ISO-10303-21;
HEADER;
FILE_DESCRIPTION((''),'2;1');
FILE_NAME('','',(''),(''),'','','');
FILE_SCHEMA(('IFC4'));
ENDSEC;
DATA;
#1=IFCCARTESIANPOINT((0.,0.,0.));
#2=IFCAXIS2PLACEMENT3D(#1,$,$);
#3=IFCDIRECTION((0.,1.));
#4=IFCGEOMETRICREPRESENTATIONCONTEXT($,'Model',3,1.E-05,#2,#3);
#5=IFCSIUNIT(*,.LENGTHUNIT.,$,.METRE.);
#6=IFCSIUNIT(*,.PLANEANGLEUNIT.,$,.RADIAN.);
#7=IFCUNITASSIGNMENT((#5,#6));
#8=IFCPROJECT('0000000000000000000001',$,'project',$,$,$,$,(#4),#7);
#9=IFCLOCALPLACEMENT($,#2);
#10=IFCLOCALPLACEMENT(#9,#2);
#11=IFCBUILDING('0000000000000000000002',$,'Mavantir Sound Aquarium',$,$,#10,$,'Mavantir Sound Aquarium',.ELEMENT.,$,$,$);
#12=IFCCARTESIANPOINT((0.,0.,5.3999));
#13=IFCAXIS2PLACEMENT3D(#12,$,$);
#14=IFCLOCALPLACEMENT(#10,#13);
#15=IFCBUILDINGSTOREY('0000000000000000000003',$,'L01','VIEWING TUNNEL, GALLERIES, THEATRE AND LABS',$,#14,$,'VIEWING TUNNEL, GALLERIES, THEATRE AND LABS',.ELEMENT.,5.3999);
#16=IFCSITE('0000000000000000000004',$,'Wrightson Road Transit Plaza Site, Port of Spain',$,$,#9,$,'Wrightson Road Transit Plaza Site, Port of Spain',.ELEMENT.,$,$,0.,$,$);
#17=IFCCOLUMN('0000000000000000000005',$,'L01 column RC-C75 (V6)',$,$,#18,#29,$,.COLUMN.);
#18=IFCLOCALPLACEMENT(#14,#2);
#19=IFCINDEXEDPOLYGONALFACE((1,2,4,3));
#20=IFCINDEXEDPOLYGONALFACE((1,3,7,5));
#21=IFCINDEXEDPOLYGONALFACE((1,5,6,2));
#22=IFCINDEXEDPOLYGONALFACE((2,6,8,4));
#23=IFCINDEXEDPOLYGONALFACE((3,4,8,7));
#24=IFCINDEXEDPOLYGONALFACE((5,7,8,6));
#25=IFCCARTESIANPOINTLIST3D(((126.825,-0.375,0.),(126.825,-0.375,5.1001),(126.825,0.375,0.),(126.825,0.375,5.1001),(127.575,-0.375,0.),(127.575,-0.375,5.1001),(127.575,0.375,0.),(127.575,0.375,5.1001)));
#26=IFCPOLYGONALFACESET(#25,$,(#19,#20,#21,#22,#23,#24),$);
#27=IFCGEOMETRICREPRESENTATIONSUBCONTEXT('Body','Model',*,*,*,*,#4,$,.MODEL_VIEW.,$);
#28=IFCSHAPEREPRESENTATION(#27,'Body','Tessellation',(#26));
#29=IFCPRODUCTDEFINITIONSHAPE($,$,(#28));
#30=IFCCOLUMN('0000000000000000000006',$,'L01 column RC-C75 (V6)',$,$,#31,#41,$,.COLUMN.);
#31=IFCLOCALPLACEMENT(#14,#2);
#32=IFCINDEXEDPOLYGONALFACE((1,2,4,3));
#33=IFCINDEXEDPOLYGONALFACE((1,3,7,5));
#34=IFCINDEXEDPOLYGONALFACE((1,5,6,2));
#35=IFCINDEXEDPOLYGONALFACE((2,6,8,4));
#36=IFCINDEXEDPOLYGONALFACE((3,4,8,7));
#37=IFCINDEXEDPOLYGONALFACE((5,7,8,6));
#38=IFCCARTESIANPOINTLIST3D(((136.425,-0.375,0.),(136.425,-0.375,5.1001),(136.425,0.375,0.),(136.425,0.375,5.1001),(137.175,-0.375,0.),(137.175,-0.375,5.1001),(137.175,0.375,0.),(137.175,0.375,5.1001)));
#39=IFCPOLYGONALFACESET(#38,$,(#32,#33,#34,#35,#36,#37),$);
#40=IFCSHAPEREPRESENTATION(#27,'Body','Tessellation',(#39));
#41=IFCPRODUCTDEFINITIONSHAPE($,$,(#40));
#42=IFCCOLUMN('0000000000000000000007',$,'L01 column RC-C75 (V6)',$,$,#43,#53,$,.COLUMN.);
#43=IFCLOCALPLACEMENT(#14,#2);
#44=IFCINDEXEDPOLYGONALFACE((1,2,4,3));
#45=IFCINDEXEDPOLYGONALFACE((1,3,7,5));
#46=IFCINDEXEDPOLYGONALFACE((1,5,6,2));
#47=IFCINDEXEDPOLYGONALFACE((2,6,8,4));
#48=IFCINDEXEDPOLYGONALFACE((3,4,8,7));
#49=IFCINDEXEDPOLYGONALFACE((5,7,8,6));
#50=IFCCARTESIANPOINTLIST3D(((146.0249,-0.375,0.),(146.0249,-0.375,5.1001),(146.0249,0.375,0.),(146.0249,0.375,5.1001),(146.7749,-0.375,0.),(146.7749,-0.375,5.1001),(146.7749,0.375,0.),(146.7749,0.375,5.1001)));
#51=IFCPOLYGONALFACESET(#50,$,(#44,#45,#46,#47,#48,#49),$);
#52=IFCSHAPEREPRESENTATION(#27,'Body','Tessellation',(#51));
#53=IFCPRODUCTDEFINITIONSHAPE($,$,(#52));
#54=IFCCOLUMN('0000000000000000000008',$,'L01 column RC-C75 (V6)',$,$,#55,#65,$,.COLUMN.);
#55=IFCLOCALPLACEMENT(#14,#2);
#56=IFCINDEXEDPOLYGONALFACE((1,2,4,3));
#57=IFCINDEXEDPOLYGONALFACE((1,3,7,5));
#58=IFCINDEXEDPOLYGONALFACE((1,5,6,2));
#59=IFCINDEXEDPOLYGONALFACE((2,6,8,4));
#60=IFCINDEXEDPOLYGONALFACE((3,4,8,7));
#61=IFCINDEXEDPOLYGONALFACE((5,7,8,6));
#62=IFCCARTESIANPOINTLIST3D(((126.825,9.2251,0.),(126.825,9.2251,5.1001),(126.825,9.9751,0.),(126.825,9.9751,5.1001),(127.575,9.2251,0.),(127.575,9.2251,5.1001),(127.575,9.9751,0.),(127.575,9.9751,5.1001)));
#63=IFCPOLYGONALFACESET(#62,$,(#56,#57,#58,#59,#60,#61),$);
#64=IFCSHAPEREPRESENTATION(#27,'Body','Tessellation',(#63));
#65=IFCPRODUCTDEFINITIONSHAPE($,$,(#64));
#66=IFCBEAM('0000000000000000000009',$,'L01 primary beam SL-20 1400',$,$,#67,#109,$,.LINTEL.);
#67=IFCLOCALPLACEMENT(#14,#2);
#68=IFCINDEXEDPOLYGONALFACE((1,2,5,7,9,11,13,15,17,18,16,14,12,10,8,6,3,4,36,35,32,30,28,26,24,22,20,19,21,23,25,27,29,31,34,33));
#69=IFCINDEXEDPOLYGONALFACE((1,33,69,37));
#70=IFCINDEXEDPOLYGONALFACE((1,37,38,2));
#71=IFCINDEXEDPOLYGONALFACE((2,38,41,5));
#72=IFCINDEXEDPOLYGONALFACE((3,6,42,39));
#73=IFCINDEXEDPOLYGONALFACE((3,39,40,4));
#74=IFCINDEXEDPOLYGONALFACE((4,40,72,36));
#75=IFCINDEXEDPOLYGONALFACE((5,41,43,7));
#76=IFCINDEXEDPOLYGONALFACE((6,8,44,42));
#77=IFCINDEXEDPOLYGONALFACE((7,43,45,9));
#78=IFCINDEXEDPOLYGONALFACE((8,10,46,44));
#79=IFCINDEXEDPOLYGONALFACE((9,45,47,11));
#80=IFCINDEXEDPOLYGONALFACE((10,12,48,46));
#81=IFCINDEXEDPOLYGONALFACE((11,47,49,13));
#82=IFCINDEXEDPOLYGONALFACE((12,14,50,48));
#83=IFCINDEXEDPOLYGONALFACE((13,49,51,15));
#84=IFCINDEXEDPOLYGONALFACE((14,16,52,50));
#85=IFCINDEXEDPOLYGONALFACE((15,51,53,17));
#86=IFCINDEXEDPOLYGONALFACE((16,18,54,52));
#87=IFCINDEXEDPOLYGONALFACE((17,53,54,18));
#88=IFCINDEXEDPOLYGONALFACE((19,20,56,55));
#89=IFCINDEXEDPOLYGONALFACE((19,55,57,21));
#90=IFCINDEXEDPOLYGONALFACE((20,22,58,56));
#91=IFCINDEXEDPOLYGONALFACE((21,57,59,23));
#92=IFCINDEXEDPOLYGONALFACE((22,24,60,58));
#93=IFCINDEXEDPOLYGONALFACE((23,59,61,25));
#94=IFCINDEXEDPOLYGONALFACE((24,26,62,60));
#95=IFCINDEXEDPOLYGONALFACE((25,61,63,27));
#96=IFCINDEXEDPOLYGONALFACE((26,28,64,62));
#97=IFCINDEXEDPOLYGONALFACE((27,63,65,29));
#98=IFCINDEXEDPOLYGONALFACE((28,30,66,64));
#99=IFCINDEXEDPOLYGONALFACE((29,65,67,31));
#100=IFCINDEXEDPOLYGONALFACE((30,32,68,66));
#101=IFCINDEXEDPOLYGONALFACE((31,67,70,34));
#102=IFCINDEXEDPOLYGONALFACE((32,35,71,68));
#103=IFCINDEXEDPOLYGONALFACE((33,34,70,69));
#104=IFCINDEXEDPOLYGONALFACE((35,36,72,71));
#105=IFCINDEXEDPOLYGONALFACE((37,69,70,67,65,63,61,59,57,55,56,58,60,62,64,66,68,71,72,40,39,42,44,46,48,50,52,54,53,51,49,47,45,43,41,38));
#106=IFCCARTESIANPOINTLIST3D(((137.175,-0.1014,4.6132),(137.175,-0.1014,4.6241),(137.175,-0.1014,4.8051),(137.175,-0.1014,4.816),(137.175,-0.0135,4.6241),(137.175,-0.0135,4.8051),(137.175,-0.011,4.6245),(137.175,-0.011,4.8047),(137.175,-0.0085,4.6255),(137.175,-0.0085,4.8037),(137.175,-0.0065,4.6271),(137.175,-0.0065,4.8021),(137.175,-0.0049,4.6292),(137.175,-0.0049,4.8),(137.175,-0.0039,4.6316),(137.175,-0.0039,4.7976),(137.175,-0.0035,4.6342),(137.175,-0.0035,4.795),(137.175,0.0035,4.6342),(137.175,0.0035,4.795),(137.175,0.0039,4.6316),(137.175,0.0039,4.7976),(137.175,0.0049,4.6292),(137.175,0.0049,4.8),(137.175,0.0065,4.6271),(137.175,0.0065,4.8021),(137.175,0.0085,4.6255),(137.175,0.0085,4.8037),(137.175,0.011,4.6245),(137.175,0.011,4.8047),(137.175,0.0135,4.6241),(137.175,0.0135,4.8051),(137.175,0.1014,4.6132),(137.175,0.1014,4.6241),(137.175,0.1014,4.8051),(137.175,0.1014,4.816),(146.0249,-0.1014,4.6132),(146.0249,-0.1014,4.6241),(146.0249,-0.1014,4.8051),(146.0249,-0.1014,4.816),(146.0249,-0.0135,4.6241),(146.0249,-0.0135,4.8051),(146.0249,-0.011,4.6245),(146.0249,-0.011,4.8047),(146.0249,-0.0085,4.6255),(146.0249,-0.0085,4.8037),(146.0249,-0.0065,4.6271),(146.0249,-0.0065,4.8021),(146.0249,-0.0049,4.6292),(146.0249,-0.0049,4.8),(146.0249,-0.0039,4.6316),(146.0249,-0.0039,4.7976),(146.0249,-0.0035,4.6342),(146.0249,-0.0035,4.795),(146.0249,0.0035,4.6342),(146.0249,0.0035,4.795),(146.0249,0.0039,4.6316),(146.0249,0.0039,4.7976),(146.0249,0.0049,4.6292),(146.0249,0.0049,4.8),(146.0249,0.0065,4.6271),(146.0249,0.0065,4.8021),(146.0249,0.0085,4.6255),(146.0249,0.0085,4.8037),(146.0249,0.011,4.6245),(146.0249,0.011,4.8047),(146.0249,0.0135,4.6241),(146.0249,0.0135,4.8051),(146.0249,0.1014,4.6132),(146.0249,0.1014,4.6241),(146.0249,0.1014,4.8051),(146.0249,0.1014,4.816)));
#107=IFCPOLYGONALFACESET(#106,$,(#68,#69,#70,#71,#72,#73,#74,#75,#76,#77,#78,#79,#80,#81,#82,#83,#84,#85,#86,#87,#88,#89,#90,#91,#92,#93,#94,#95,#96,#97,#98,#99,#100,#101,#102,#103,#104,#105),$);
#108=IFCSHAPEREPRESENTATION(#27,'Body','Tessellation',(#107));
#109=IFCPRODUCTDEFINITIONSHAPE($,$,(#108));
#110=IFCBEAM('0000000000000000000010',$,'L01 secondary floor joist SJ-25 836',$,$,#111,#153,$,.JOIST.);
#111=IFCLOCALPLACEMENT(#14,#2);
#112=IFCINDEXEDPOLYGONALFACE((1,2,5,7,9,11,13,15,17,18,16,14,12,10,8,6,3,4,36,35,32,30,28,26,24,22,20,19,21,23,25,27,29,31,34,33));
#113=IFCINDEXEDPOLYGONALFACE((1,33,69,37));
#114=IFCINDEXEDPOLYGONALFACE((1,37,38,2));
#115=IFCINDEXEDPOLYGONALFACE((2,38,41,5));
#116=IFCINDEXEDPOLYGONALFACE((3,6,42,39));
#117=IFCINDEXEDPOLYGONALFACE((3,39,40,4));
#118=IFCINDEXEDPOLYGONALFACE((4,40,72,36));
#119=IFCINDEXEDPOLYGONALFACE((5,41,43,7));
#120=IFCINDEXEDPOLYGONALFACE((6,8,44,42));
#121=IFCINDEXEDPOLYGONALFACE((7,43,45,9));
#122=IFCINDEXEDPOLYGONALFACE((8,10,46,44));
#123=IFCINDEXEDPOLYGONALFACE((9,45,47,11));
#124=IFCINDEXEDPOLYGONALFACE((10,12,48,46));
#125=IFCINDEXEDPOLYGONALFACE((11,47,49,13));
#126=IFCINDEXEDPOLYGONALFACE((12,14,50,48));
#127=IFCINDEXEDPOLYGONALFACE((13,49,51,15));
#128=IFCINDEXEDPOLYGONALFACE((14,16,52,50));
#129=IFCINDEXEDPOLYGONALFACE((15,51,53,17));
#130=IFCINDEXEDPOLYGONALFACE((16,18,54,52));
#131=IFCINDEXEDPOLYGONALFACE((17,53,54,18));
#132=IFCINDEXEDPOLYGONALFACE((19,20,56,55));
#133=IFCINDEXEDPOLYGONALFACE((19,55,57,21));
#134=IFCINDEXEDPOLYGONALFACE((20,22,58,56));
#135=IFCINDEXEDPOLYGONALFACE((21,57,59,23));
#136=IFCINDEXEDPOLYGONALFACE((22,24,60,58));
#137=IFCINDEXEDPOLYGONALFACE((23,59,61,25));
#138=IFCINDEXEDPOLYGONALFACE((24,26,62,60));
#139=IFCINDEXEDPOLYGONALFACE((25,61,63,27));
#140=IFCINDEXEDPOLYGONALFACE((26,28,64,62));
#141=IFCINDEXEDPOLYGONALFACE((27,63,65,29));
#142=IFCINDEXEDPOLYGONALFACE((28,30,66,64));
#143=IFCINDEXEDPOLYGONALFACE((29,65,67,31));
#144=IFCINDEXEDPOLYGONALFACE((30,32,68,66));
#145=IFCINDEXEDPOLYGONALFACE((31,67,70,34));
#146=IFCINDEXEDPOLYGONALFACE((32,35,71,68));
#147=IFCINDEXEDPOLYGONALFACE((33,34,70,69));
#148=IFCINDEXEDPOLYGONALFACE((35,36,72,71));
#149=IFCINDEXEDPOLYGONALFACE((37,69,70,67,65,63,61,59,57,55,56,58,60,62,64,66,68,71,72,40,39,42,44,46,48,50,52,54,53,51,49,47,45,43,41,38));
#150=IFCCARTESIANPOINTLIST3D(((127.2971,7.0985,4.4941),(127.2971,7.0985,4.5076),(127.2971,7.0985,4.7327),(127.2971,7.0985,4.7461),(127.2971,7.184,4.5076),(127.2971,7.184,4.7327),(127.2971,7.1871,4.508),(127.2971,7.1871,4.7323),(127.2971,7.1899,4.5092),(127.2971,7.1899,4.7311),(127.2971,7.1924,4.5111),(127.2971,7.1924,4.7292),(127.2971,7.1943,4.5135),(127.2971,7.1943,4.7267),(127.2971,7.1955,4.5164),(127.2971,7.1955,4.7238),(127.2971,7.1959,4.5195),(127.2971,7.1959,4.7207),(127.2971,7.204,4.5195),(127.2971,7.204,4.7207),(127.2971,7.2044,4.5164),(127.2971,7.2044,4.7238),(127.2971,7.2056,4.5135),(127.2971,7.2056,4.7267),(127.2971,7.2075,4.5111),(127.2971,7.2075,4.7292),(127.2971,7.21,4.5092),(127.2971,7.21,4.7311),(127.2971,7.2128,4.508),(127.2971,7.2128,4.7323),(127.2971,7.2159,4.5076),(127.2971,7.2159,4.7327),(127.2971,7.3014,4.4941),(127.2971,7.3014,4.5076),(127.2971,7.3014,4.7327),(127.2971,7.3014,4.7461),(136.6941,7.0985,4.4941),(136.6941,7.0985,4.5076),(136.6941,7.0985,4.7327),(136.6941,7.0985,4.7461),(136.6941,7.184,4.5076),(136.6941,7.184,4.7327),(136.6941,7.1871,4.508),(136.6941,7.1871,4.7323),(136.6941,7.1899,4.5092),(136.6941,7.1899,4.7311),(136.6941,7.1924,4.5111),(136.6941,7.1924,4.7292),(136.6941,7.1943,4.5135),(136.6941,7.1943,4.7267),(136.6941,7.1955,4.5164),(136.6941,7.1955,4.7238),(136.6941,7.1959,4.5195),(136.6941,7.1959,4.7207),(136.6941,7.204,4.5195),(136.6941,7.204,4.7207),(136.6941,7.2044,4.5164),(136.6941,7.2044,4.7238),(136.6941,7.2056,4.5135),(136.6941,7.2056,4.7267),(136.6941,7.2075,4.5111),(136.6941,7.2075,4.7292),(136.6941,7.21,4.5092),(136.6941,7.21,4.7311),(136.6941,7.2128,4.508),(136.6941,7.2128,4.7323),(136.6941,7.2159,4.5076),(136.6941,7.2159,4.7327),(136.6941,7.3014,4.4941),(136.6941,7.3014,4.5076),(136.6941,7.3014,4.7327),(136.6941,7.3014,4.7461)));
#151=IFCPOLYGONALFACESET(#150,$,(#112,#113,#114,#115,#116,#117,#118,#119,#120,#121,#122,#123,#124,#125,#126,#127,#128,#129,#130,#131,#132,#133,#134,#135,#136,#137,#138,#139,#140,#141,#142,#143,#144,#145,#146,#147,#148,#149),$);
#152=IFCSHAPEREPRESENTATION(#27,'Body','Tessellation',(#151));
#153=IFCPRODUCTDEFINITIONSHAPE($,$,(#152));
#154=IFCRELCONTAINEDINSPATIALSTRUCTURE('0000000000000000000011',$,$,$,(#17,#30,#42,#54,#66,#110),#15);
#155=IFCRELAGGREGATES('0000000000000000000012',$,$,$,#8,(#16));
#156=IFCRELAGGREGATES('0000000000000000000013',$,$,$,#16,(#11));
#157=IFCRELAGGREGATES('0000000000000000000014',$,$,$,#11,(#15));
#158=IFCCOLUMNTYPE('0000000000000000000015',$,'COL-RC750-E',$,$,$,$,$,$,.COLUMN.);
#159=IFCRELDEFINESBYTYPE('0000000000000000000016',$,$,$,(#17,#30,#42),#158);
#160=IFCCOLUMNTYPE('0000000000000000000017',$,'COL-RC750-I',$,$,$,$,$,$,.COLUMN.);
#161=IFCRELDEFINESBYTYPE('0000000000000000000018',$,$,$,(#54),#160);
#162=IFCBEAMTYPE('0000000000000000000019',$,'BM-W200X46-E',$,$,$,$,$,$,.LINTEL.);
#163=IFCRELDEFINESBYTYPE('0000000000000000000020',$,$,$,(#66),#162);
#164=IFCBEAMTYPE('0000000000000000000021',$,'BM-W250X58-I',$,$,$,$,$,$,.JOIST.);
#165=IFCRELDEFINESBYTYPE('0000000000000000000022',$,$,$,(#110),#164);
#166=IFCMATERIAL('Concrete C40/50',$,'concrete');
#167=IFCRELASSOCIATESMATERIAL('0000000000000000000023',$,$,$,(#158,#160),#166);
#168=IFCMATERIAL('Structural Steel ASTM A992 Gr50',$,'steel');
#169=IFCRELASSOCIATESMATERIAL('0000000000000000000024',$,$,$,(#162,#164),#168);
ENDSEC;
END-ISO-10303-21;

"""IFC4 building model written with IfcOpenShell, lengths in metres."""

from ifc_helpers import new_model, si_unit, direction, frame, origin, origin_2d, place, context, subcontext, project, spatial, rectangle, i_section, extrude, material, material_profile, profile_set, type_object, element, save


model = new_model("IFC4")

# Units and contexts
model_context = context("Model", 3, precision=1e-05, world=origin(), true_north=direction((0.0, 1.0)))
body_context = subcontext(model_context, "Body", "Model", "MODEL_VIEW")
ifc_project = project(units=[si_unit("LENGTHUNIT", "METRE"), si_unit("PLANEANGLEUNIT", "RADIAN")], contexts=[model_context])

# Site, building, storey
site_placement = place(None, origin())
site = spatial("IfcSite", under=ifc_project, at=site_placement, Name="Wrightson Road Transit Plaza Site, Port of Spain", LongName="Wrightson Road Transit Plaza Site, Port of Spain", CompositionType="ELEMENT", RefElevation=0.0)
building_placement = place(site_placement, origin())
building = spatial("IfcBuilding", under=site, at=building_placement, Name="Mavantir Sound Aquarium", LongName="Mavantir Sound Aquarium", CompositionType="ELEMENT")
storey_placement = place(building_placement, frame((0.0, 0.0, 5.3999)))
storey = spatial("IfcBuildingStorey", under=building, at=storey_placement, Name="L01", Description="VIEWING TUNNEL, GALLERIES, THEATRE AND LABS", LongName="VIEWING TUNNEL, GALLERIES, THEATRE AND LABS", CompositionType="ELEMENT", Elevation=5.3999)

# Columns
ifc_material_1 = material(Name="Concrete C40/50", Category="concrete")
ifc_material_profile_1 = material_profile(ifc_material_1, rectangle(XDim=0.75, YDim=0.75, at=origin_2d()), Name="RC 750X750")
ifc_profile_set_1 = profile_set([ifc_material_profile_1], Name="Concrete C40/50")
column_type_1 = type_object("IfcColumnType", Name="COL-RC750-E", PredefinedType="COLUMN", material=ifc_profile_set_1)
for number, where, z_axis, x_axis, name in (
    (1, (127.2, 0.0, 0.0), (0.0, 0.0, 1.0), (1.0, 0.0, 0.0), "L01 column RC-C75 (V6)"),
    (2, (136.8, 0.0, 0.0), (0.0, 0.0, 1.0), (1.0, 0.0, 0.0), "L01 column RC-C75 (V6)"),
    (3, (146.3999, 0.0, 0.0), (0.0, 0.0, 1.0), (1.0, 0.0, 0.0), "L01 column RC-C75 (V6)"),
):
    element("IfcColumn", number, at=place(storey_placement, frame(where, z_axis=z_axis, x_axis=x_axis)), inside=storey, type_object=column_type_1, Name=name, PredefinedType="COLUMN", context=body_context, shape_type="SweptSolid", body=[
        extrude(rectangle(XDim=0.75, YDim=0.75, at=origin_2d()), origin(), (0.0, 0.0, 1.0), 5.1001),
    ])
ifc_material_profile_2 = material_profile(ifc_material_1, rectangle(XDim=0.75, YDim=0.75, at=origin_2d()), Name="RC 750X750")
ifc_profile_set_2 = profile_set([ifc_material_profile_2], Name="Concrete C40/50")
column_type_2 = type_object("IfcColumnType", Name="COL-RC750-I", PredefinedType="COLUMN", material=ifc_profile_set_2)
column_placement = place(storey_placement, frame((127.2, 9.6001, 0.0), z_axis=(0.0, 0.0, 1.0), x_axis=(1.0, 0.0, 0.0)))
element("IfcColumn", 4, at=column_placement, inside=storey, type_object=column_type_2, Name="L01 column RC-C75 (V6)", PredefinedType="COLUMN", context=body_context, shape_type="SweptSolid", body=[
    extrude(rectangle(XDim=0.75, YDim=0.75, at=origin_2d()), origin(), (0.0, 0.0, 1.0), 5.1001),
])

# Beams
ifc_material_2 = material(Name="Structural Steel ASTM A992 Gr50", Category="steel")
ifc_material_profile_3 = material_profile(ifc_material_2, i_section(OverallWidth=0.2029, OverallDepth=0.2029, WebThickness=0.0071, FlangeThickness=0.011, FilletRadius=0.01, at=origin_2d()), Name="W200X46")
ifc_profile_set_3 = profile_set([ifc_material_profile_3], Name="Structural Steel ASTM A992 Gr50")
beam_type_1 = type_object("IfcBeamType", Name="BM-W200X46-E", PredefinedType="LINTEL", material=ifc_profile_set_3)
beam_1_placement = place(storey_placement, frame((137.175, 0.0, 4.7146), z_axis=(1.0, 0.0, 0.0), x_axis=(0.0, 1.0, 0.0)))
element("IfcBeam", 5, at=beam_1_placement, inside=storey, type_object=beam_type_1, Name="L01 primary beam SL-20 1400", PredefinedType="LINTEL", context=body_context, shape_type="SweptSolid", body=[
    extrude(i_section(OverallWidth=0.2029, OverallDepth=0.2029, WebThickness=0.0071, FlangeThickness=0.011, FilletRadius=0.01, at=origin_2d()), origin(), (0.0, 0.0, 1.0), 8.8499),
])
ifc_material_profile_4 = material_profile(ifc_material_2, i_section(OverallWidth=0.2029, OverallDepth=0.252, WebThickness=0.0081, FlangeThickness=0.0134, FilletRadius=0.012, at=origin_2d()), Name="W250X58")
ifc_profile_set_4 = profile_set([ifc_material_profile_4], Name="Structural Steel ASTM A992 Gr50")
beam_type_2 = type_object("IfcBeamType", Name="BM-W250X58-I", PredefinedType="JOIST", material=ifc_profile_set_4)
beam_2_placement = place(storey_placement, frame((127.2971, 7.2, 4.6201), z_axis=(1.0, 0.0, 0.0), x_axis=(0.0, 1.0, 0.0)))
element("IfcBeam", 6, at=beam_2_placement, inside=storey, type_object=beam_type_2, Name="L01 secondary floor joist SJ-25 836", PredefinedType="JOIST", context=body_context, shape_type="SweptSolid", body=[
    extrude(i_section(OverallWidth=0.2029, OverallDepth=0.252, WebThickness=0.0081, FlangeThickness=0.0134, FilletRadius=0.012, at=origin_2d()), origin(), (0.0, 0.0, 1.0), 9.397),
])

save(model, "model.ifc")
